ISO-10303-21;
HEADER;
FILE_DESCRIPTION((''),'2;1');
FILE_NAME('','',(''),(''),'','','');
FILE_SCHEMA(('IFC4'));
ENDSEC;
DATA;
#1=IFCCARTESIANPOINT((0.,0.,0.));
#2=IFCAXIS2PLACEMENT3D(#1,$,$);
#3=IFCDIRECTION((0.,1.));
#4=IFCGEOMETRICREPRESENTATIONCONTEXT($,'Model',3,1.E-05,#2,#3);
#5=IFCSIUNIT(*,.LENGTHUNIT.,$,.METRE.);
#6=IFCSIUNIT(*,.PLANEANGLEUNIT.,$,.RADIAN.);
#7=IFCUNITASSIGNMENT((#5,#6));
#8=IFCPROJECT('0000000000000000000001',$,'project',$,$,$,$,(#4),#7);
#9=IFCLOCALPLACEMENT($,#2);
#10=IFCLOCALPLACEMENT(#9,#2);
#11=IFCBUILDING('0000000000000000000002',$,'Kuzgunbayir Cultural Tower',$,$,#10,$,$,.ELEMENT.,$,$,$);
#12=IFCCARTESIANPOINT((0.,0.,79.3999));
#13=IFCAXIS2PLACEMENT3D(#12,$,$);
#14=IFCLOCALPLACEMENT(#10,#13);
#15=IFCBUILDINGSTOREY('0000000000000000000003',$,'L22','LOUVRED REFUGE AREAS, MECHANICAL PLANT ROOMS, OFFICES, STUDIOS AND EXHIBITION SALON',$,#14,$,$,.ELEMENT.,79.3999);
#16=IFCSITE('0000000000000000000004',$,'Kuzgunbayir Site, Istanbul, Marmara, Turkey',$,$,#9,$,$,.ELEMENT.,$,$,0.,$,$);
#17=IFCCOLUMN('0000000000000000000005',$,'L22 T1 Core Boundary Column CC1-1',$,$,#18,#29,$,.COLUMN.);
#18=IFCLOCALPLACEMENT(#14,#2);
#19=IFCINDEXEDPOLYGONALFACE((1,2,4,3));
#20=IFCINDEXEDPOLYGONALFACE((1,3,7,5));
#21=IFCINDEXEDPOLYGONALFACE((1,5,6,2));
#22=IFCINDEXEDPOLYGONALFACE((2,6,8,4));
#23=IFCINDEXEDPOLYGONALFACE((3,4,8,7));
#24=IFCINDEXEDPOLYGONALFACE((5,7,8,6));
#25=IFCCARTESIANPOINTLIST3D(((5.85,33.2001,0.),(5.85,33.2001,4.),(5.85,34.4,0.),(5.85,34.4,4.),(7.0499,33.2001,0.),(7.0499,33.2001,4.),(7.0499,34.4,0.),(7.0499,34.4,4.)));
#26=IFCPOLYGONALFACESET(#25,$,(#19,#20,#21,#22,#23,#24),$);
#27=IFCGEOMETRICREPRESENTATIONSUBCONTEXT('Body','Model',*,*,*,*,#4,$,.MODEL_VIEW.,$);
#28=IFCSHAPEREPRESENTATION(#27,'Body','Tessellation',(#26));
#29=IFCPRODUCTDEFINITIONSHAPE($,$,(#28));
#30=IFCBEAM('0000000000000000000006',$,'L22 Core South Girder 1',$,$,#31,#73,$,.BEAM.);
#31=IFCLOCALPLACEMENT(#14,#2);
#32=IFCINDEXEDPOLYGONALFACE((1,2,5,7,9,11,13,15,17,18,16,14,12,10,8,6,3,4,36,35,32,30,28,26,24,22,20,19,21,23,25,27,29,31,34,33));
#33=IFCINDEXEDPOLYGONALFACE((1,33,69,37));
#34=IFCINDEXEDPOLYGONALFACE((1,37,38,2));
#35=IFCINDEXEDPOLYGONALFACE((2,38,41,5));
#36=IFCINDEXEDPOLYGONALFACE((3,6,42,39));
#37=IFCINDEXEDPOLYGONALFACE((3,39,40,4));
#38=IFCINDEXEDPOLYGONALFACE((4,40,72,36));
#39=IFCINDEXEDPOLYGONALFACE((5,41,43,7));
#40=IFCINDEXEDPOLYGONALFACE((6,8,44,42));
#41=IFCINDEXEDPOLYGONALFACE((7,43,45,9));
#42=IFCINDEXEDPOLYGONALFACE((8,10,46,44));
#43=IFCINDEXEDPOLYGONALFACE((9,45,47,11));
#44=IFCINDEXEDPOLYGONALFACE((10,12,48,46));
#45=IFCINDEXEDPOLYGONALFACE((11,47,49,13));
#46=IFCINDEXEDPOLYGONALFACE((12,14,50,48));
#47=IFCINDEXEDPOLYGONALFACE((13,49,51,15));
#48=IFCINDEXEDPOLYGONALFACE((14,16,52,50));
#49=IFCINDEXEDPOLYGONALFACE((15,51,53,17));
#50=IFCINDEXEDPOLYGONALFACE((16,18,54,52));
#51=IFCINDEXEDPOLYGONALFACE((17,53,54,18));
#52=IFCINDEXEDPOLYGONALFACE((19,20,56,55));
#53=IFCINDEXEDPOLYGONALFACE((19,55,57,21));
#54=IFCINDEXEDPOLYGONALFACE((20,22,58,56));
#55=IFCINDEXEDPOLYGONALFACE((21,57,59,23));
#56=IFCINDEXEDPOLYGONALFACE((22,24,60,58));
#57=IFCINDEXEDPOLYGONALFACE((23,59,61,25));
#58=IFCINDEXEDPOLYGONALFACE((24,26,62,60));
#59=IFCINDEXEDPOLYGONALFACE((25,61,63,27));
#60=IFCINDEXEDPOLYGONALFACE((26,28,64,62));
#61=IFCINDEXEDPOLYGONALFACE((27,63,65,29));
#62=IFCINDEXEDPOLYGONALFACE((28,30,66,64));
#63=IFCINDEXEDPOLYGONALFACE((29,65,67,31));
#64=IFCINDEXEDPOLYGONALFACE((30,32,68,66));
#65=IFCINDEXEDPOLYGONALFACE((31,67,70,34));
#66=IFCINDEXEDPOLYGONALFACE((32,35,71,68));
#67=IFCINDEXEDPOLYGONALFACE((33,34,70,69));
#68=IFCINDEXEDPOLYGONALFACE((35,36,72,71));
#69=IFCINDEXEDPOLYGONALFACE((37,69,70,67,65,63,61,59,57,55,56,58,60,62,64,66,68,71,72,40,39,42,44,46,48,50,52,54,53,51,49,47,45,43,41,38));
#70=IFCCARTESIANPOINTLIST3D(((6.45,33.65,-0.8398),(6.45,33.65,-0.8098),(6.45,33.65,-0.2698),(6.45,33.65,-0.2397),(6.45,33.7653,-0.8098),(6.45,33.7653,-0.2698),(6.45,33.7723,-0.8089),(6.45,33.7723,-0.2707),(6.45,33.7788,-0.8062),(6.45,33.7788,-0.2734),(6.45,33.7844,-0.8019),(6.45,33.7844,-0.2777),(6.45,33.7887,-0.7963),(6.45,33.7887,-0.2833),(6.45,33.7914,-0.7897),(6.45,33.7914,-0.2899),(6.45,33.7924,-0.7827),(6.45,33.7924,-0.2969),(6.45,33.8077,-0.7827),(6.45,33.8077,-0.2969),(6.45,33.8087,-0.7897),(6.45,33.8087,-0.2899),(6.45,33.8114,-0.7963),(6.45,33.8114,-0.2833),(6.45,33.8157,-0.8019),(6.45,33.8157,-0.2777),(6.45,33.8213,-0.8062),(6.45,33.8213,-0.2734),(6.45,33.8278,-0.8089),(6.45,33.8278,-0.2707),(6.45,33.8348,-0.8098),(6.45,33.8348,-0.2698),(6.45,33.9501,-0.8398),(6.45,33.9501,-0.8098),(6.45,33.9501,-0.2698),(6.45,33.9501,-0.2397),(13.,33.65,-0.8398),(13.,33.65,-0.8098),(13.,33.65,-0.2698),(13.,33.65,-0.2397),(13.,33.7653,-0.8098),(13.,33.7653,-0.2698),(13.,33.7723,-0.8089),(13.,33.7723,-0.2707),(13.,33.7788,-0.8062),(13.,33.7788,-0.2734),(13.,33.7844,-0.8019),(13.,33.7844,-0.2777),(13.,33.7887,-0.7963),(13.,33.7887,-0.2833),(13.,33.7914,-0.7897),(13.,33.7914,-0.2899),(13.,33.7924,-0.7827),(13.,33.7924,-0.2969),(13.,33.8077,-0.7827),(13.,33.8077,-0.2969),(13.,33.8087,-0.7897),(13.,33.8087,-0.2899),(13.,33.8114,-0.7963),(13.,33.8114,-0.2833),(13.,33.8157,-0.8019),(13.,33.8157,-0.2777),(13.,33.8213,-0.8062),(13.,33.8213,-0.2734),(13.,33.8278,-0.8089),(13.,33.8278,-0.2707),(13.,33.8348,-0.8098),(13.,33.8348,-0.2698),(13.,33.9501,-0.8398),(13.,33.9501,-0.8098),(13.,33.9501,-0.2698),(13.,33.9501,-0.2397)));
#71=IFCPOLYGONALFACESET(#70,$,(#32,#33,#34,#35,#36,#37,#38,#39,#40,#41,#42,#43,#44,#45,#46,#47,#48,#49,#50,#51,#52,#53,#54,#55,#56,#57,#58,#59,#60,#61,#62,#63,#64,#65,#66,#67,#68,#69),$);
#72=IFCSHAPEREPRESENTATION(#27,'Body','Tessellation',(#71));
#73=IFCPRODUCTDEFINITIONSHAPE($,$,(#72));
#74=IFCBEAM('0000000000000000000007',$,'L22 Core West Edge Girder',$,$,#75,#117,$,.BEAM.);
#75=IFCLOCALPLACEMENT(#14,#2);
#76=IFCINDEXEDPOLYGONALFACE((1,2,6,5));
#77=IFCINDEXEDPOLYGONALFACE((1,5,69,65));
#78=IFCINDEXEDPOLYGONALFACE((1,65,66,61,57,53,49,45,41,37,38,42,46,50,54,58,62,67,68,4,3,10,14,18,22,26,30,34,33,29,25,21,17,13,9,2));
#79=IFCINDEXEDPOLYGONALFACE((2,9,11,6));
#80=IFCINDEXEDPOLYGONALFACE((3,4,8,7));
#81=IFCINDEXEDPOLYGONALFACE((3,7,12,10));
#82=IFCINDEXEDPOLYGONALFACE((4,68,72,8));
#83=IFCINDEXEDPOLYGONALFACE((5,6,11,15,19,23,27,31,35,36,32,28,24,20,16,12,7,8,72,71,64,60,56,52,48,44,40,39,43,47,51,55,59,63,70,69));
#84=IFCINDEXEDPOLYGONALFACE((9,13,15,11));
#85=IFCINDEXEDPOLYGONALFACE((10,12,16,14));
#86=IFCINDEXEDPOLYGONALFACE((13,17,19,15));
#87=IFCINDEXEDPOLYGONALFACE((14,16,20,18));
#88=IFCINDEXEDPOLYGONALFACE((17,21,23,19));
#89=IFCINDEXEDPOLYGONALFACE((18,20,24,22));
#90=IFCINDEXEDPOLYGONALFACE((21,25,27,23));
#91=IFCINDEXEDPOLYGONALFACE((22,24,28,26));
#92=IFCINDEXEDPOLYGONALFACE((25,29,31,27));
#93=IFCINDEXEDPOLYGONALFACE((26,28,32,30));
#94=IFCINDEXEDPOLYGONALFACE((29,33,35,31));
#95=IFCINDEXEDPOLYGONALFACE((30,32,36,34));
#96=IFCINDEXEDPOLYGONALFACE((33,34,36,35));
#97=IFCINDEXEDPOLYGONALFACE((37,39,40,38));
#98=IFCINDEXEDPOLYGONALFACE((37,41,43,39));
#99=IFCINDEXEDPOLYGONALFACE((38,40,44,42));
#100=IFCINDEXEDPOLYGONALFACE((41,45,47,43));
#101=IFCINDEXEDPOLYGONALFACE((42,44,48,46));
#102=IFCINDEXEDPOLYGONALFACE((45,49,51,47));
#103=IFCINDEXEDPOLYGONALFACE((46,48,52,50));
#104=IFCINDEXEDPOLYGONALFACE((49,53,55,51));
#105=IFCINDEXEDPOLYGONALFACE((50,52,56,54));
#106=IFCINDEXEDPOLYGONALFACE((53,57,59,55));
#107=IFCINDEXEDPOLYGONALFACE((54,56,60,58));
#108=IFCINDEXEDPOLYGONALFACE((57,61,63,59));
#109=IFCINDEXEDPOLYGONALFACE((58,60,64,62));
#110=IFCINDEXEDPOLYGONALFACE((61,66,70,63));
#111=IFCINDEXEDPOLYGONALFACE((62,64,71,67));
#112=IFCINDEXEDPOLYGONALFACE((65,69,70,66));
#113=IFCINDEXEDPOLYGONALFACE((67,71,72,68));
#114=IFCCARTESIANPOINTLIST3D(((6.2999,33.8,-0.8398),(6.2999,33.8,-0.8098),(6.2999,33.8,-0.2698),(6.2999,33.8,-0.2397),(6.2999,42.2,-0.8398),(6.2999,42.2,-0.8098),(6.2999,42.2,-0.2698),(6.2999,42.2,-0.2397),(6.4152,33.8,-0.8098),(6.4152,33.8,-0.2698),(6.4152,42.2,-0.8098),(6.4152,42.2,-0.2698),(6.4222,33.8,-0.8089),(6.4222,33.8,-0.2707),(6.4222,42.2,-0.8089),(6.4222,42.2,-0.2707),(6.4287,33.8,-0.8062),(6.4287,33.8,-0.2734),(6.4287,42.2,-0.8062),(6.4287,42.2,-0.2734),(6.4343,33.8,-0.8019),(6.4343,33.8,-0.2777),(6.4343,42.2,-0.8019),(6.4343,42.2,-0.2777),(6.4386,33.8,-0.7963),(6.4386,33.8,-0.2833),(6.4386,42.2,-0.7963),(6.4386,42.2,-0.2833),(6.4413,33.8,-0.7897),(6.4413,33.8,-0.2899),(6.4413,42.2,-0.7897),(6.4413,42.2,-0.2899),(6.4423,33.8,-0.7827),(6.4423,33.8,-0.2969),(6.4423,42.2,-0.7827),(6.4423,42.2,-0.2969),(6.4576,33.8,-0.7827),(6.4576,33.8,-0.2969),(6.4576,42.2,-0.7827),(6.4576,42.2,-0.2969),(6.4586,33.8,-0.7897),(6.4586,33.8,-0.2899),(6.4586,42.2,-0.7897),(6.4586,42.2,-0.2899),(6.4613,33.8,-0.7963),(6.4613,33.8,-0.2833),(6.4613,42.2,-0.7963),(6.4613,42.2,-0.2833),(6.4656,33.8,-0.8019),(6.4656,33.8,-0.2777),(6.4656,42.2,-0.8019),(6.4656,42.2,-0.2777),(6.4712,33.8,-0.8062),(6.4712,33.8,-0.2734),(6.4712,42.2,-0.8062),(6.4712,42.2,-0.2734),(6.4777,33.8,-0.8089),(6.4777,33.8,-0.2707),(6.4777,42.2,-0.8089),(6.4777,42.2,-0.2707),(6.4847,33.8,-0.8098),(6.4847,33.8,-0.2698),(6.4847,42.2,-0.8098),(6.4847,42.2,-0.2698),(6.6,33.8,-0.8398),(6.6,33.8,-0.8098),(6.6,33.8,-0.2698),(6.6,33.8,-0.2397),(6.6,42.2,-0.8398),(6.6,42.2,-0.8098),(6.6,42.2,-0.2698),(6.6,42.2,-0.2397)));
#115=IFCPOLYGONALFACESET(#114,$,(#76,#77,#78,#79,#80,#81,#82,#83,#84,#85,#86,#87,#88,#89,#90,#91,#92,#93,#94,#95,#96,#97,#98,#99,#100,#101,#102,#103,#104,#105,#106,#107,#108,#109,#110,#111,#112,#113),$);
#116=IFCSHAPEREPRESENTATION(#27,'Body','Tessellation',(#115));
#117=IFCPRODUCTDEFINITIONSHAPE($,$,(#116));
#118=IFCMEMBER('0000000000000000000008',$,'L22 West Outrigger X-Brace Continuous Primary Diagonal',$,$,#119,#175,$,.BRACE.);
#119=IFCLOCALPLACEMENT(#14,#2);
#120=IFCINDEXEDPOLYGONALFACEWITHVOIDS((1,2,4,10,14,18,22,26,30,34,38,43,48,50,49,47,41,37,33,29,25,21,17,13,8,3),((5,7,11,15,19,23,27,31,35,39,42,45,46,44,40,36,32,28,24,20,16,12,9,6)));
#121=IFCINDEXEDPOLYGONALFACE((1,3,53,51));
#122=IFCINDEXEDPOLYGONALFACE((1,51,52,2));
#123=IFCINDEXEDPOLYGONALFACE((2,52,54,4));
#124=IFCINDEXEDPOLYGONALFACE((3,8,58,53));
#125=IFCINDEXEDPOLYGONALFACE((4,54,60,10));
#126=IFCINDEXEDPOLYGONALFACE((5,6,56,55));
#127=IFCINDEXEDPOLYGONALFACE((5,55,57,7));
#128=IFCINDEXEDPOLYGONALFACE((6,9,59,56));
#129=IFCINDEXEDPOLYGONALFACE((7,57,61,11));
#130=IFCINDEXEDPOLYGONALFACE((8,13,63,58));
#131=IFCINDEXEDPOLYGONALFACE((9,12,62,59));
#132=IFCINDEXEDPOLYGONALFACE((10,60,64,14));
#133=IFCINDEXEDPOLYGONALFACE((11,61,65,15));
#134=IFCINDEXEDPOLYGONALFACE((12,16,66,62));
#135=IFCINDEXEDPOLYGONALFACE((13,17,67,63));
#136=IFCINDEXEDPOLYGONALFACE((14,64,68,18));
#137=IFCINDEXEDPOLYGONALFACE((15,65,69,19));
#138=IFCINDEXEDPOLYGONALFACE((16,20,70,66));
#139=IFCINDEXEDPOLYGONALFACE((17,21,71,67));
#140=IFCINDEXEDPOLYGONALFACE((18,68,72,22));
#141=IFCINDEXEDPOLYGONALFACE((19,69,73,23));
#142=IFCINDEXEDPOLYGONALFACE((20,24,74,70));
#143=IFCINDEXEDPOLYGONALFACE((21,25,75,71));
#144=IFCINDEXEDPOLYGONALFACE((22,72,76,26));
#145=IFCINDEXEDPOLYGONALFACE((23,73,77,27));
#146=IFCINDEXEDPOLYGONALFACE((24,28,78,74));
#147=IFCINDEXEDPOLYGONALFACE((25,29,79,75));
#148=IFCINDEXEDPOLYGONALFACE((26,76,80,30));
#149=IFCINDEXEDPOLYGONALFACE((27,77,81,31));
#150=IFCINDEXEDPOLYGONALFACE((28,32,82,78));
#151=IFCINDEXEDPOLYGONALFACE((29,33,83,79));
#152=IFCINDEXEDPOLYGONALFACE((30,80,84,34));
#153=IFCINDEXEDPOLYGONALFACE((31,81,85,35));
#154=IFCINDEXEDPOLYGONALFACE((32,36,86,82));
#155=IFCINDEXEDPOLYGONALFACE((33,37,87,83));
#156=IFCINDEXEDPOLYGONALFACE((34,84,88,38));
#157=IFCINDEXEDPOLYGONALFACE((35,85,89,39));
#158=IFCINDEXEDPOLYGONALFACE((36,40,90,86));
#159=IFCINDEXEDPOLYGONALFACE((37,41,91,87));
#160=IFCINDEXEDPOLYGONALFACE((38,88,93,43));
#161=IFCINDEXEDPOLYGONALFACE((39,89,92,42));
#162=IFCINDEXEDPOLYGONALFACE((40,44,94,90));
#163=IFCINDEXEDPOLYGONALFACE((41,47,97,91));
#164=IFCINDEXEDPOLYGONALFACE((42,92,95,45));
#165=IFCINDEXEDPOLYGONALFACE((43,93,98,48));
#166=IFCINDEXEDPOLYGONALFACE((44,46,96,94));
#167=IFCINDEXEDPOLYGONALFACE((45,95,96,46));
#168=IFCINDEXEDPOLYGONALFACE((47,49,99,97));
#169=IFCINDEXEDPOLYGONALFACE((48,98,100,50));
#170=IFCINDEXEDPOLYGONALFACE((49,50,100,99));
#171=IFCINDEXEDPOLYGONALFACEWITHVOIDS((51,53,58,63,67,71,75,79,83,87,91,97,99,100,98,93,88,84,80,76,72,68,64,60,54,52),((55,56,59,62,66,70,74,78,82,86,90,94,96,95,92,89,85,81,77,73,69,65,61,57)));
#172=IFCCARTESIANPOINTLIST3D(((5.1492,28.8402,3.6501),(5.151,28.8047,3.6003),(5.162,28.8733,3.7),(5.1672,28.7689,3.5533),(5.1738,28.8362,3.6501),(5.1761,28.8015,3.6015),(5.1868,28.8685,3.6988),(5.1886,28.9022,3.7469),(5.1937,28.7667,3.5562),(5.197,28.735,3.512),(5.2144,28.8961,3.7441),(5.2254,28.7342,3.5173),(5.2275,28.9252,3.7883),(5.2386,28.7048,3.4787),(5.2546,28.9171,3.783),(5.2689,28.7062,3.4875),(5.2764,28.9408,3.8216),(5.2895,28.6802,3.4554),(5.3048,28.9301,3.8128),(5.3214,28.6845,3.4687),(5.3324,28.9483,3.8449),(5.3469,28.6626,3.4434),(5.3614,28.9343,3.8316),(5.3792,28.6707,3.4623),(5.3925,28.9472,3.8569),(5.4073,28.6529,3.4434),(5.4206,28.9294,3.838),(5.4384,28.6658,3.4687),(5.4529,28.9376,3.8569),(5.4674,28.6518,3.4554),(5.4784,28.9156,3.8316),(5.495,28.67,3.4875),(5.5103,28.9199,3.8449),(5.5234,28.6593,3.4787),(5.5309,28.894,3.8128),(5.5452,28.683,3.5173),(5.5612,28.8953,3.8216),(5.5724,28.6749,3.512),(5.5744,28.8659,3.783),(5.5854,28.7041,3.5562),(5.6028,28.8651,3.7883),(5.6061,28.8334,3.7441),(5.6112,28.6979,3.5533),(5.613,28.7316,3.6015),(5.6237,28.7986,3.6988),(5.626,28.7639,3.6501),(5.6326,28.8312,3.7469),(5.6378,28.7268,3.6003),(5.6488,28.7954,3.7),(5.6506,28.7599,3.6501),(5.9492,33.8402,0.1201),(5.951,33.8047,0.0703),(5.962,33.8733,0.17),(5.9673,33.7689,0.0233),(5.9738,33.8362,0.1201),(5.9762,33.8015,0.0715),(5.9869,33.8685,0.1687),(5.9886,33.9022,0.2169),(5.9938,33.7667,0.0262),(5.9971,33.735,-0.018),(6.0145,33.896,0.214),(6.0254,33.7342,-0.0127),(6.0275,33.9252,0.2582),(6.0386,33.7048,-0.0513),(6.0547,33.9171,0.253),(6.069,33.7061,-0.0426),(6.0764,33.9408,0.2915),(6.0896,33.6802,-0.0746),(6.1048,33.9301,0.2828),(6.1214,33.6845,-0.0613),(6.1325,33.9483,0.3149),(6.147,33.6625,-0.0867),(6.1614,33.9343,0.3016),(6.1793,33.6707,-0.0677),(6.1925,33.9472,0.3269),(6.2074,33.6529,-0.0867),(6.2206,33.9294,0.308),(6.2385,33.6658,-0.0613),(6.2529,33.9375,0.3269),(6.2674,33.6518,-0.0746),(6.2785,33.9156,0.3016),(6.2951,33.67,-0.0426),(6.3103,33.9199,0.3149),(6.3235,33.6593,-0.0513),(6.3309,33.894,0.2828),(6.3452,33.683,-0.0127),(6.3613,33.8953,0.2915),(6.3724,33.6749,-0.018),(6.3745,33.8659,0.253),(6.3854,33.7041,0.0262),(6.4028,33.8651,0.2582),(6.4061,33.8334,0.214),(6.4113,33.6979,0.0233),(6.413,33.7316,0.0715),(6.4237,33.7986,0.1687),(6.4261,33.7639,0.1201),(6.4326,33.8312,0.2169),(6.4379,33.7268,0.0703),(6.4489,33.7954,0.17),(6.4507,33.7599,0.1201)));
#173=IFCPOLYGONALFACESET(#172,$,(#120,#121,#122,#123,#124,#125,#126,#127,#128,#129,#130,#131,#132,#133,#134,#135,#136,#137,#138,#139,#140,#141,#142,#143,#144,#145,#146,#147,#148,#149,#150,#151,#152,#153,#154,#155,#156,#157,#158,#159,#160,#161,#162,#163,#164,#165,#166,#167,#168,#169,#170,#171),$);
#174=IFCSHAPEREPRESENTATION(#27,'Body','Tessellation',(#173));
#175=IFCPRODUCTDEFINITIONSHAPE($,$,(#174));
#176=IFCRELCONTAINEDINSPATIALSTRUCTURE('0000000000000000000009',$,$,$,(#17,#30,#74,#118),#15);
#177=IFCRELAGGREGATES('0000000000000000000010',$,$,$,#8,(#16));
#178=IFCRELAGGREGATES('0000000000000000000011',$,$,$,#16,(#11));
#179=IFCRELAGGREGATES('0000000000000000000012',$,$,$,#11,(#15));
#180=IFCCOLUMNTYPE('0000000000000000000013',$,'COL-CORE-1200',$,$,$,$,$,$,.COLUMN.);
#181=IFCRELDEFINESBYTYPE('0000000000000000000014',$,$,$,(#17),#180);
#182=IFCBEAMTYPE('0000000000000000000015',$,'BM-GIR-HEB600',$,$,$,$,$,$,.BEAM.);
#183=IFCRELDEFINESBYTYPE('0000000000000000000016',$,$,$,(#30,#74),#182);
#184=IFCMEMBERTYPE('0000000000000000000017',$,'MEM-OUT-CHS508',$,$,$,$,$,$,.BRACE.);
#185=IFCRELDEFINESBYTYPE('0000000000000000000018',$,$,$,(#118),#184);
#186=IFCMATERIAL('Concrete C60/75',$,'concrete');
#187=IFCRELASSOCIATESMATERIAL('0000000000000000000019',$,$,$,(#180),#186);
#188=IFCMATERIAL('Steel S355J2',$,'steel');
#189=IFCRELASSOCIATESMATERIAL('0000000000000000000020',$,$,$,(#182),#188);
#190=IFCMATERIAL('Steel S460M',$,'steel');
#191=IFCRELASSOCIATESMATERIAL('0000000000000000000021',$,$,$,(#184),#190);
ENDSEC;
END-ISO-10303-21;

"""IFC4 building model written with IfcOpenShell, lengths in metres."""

from ifc_helpers import new_model, si_unit, direction, frame, origin, origin_2d, place, context, subcontext, project, spatial, rectangle, hollow_circle, i_section, extrude, material, material_profile, profile_set, type_object, element, save


model = new_model("IFC4")

# Units and contexts
model_context = context("Model", 3, precision=1e-05, world=origin(), true_north=direction((0.0, 1.0)))
body_context = subcontext(model_context, "Body", "Model", "MODEL_VIEW")
ifc_project = project(units=[si_unit("LENGTHUNIT", "METRE"), si_unit("PLANEANGLEUNIT", "RADIAN")], contexts=[model_context])

# Site, building, storey
site_placement = place(None, origin())
site = spatial("IfcSite", under=ifc_project, at=site_placement, Name="Kuzgunbayir Site, Istanbul, Marmara, Turkey", CompositionType="ELEMENT", RefElevation=0.0)
building_placement = place(site_placement, origin())
building = spatial("IfcBuilding", under=site, at=building_placement, Name="Kuzgunbayir Cultural Tower", CompositionType="ELEMENT")
storey_placement = place(building_placement, frame((0.0, 0.0, 79.3999)))
storey = spatial("IfcBuildingStorey", under=building, at=storey_placement, Name="L22", Description="LOUVRED REFUGE AREAS, MECHANICAL PLANT ROOMS, OFFICES, STUDIOS AND EXHIBITION SALON", CompositionType="ELEMENT", Elevation=79.3999)

# Column
ifc_material_1 = material(Name="Concrete C60/75", Category="concrete")
ifc_material_profile_1 = material_profile(ifc_material_1, rectangle(XDim=1.2, YDim=1.2, at=origin_2d()), Name="RC 1200x1200")
ifc_profile_set_1 = profile_set([ifc_material_profile_1], Name="Concrete C60/75")
column_type = type_object("IfcColumnType", Name="COL-CORE-1200", PredefinedType="COLUMN", material=ifc_profile_set_1)
column_placement = place(storey_placement, frame((6.45, 33.8, 0.0), z_axis=(0.0, 0.0, 1.0), x_axis=(1.0, 0.0, 0.0)))
element("IfcColumn", 1, at=column_placement, inside=storey, type_object=column_type, Name="L22 T1 Core Boundary Column CC1-1", PredefinedType="COLUMN", context=body_context, shape_type="SweptSolid", body=[
    extrude(rectangle(XDim=1.2, YDim=1.2, at=origin_2d()), origin(), (0.0, 0.0, 1.0), 4.0),
])

# Beams
ifc_material_2 = material(Name="Steel S355J2", Category="steel")
ifc_material_profile_2 = material_profile(ifc_material_2, i_section(OverallWidth=0.3, OverallDepth=0.6001, WebThickness=0.0154, FlangeThickness=0.03, FilletRadius=0.0271, at=origin_2d()), Name="HEB 600")
ifc_profile_set_2 = profile_set([ifc_material_profile_2], Name="Steel S355J2")
beam_type = type_object("IfcBeamType", Name="BM-GIR-HEB600", PredefinedType="BEAM", material=ifc_profile_set_2)
beam_1_placement = place(storey_placement, frame((6.45, 33.8, -0.5398), z_axis=(1.0, 0.0, 0.0), x_axis=(0.0, 1.0, 0.0)))
element("IfcBeam", 2, at=beam_1_placement, inside=storey, type_object=beam_type, Name="L22 Core South Girder 1", PredefinedType="BEAM", context=body_context, shape_type="SweptSolid", body=[
    extrude(i_section(OverallWidth=0.3, OverallDepth=0.6001, WebThickness=0.0154, FlangeThickness=0.03, FilletRadius=0.0271, at=origin_2d()), origin(), (0.0, 0.0, 1.0), 6.55),
])
beam_2_placement = place(storey_placement, frame((6.45, 33.8, -0.5398), z_axis=(0.0, 1.0, 0.0), x_axis=(-1.0, 0.0, 0.0)))
element("IfcBeam", 3, at=beam_2_placement, inside=storey, type_object=beam_type, Name="L22 Core West Edge Girder", PredefinedType="BEAM", context=body_context, shape_type="SweptSolid", body=[
    extrude(i_section(OverallWidth=0.3, OverallDepth=0.6001, WebThickness=0.0154, FlangeThickness=0.03, FilletRadius=0.0271, at=origin_2d()), origin(), (0.0, 0.0, 1.0), 8.3999),
])

# Member
ifc_material_3 = material(Name="Steel S460M", Category="steel")
ifc_material_profile_3 = material_profile(ifc_material_3, hollow_circle(Radius=0.2539, WallThickness=0.0249, at=origin_2d()), Name="CHS 508x25")
ifc_profile_set_3 = profile_set([ifc_material_profile_3], Name="Steel S460M")
member_type = type_object("IfcMemberType", Name="MEM-OUT-CHS508", PredefinedType="BRACE", material=ifc_profile_set_3)
member_1_placement = place(storey_placement, frame((6.2, 33.8, 0.1201), z_axis=(-0.129613, -0.810029, 0.571885), x_axis=(0.987439, -0.158, 0.0)))
element("IfcMember", 4, at=member_1_placement, inside=storey, type_object=member_type, Name="L22 West Outrigger X-Brace Continuous Primary Diagonal", PredefinedType="BRACE", context=body_context, shape_type="SweptSolid", body=[
    extrude(hollow_circle(Radius=0.2539, WallThickness=0.0249, at=origin_2d()), origin(), (0.0, 0.0, 1.0), 6.1726),
])

save(model, "model.ifc")
